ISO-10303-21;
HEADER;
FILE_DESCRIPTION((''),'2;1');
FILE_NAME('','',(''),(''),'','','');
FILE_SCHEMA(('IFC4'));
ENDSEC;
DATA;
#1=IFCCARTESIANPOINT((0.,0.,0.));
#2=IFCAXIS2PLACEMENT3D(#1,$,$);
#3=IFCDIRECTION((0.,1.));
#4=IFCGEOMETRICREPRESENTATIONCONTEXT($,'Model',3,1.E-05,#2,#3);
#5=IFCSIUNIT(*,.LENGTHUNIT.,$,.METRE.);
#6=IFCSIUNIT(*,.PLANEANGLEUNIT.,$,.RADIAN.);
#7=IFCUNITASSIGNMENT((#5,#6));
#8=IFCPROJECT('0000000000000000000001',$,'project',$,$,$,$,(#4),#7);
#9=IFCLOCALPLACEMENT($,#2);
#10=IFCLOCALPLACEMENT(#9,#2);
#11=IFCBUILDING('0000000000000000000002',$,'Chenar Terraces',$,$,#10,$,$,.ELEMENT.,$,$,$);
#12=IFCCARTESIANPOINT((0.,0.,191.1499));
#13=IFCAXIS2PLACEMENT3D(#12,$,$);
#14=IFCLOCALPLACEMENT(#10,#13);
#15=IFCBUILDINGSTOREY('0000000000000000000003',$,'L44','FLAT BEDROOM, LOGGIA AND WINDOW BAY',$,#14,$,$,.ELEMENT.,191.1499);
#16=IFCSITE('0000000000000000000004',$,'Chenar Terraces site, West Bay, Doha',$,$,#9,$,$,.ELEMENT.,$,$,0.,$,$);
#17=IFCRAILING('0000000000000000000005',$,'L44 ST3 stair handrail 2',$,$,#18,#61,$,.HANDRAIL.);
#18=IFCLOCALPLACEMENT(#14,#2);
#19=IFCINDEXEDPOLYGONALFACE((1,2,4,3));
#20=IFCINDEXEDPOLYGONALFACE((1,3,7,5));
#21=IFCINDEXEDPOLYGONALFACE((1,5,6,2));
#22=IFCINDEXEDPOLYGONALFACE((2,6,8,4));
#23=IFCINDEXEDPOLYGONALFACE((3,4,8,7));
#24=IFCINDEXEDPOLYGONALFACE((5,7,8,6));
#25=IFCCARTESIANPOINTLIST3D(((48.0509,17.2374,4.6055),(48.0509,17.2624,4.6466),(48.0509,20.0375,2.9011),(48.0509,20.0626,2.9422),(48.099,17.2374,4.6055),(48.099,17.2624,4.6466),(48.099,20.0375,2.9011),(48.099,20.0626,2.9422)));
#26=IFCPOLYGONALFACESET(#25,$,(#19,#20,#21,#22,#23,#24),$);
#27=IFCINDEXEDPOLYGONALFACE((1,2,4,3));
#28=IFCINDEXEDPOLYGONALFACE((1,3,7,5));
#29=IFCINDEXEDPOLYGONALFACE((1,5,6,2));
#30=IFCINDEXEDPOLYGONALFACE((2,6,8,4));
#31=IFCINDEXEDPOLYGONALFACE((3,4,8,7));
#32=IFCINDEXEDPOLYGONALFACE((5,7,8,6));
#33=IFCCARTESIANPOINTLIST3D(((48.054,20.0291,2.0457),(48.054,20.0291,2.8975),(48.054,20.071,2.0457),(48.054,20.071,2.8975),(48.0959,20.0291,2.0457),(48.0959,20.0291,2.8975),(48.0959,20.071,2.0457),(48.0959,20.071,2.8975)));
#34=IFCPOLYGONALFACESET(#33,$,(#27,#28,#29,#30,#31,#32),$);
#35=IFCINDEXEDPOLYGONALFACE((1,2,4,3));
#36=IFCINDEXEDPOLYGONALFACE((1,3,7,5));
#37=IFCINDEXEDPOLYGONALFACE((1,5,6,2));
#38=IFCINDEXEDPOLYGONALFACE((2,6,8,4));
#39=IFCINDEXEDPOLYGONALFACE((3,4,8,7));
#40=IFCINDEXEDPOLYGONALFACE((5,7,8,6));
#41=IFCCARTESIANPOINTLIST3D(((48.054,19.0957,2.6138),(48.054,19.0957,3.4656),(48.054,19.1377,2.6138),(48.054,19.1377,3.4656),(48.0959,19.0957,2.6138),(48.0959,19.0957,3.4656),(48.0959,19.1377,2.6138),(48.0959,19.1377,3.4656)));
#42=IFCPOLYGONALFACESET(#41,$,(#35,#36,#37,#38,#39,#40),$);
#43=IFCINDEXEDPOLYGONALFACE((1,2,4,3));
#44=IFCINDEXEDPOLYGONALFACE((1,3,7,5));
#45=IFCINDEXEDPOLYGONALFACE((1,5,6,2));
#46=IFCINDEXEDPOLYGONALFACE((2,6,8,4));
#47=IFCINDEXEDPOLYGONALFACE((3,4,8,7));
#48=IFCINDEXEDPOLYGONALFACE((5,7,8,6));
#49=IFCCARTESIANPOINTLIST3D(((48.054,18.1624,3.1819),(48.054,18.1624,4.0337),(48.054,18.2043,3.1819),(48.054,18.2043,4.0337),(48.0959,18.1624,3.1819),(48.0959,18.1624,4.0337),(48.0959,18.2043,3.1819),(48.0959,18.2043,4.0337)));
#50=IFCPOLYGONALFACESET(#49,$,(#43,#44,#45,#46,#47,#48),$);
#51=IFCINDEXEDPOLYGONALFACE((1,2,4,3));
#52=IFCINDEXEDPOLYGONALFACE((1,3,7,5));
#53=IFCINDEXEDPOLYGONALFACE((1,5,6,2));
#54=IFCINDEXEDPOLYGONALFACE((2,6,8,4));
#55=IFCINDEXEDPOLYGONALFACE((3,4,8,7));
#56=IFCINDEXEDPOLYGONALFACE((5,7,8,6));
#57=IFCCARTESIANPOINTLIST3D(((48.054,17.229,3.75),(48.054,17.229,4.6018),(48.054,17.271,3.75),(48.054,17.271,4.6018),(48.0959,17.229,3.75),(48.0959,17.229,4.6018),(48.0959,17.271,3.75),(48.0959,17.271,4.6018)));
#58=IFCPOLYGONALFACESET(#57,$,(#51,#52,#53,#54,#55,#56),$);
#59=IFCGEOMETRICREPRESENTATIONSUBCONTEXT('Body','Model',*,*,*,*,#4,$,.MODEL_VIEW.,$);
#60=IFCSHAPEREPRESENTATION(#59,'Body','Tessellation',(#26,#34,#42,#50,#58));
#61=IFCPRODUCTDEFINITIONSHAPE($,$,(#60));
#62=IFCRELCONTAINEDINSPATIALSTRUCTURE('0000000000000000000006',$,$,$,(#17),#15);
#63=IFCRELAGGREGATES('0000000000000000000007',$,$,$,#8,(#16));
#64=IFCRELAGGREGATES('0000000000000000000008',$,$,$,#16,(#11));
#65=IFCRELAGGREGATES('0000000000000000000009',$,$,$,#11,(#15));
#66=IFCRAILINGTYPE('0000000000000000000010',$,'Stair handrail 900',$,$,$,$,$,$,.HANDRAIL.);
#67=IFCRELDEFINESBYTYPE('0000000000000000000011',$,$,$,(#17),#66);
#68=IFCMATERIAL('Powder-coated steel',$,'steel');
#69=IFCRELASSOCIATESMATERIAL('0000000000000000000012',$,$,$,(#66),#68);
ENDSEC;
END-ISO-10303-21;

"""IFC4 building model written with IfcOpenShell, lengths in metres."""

from ifc_helpers import new_model, si_unit, direction, frame, origin, origin_2d, place, context, subcontext, project, spatial, rectangle, extrude, material, type_object, element, save


model = new_model("IFC4")

# Units and contexts
model_context = context("Model", 3, precision=1e-05, world=origin(), true_north=direction((0.0, 1.0)))
body_context = subcontext(model_context, "Body", "Model", "MODEL_VIEW")
ifc_project = project(units=[si_unit("LENGTHUNIT", "METRE"), si_unit("PLANEANGLEUNIT", "RADIAN")], contexts=[model_context])

# Site, building, storey
site_placement = place(None, origin())
site = spatial("IfcSite", under=ifc_project, at=site_placement, Name="Chenar Terraces site, West Bay, Doha", CompositionType="ELEMENT", RefElevation=0.0)
building_placement = place(site_placement, origin())
building = spatial("IfcBuilding", under=site, at=building_placement, Name="Chenar Terraces", CompositionType="ELEMENT")
storey_placement = place(building_placement, frame((0.0, 0.0, 191.1499)))
storey = spatial("IfcBuildingStorey", under=building, at=storey_placement, Name="L44", Description="FLAT BEDROOM, LOGGIA AND WINDOW BAY", CompositionType="ELEMENT", Elevation=191.1499)

# Railing
ifc_material_1 = material(Name="Powder-coated steel", Category="steel")
railing_type_1 = type_object("IfcRailingType", Name="Stair handrail 900", PredefinedType="HANDRAIL", material=ifc_material_1)
railing_1_placement = place(storey_placement, frame((48.075, 20.05, 2.0457)))
element("IfcRailing", 1, at=railing_1_placement, inside=storey, type_object=railing_type_1, Name="L44 ST3 stair handrail 2", PredefinedType="HANDRAIL", context=body_context, shape_type="SweptSolid", body=[
    extrude(rectangle(XDim=0.0481, YDim=0.0481, at=origin_2d()), frame((0.0, 0.0, 0.876), z_axis=(0.0, -0.854203, 0.51994), x_axis=(1.0, 0.0, 0.0)), (0.0, 0.0, 1.0), 3.2781),
    extrude(rectangle(XDim=0.042, YDim=0.042, at=origin_2d()), origin(), (0.0, 0.0, 1.0), 0.8518),
    extrude(rectangle(XDim=0.042, YDim=0.042, at=origin_2d()), frame((0.0, -0.9333, 0.5681)), (0.0, 0.0, 1.0), 0.8518),
    extrude(rectangle(XDim=0.042, YDim=0.042, at=origin_2d()), frame((0.0, -1.8667, 1.1362)), (0.0, 0.0, 1.0), 0.8518),
    extrude(rectangle(XDim=0.042, YDim=0.042, at=origin_2d()), frame((0.0, -2.8, 1.7043)), (0.0, 0.0, 1.0), 0.8518),
])

save(model, "model.ifc")
